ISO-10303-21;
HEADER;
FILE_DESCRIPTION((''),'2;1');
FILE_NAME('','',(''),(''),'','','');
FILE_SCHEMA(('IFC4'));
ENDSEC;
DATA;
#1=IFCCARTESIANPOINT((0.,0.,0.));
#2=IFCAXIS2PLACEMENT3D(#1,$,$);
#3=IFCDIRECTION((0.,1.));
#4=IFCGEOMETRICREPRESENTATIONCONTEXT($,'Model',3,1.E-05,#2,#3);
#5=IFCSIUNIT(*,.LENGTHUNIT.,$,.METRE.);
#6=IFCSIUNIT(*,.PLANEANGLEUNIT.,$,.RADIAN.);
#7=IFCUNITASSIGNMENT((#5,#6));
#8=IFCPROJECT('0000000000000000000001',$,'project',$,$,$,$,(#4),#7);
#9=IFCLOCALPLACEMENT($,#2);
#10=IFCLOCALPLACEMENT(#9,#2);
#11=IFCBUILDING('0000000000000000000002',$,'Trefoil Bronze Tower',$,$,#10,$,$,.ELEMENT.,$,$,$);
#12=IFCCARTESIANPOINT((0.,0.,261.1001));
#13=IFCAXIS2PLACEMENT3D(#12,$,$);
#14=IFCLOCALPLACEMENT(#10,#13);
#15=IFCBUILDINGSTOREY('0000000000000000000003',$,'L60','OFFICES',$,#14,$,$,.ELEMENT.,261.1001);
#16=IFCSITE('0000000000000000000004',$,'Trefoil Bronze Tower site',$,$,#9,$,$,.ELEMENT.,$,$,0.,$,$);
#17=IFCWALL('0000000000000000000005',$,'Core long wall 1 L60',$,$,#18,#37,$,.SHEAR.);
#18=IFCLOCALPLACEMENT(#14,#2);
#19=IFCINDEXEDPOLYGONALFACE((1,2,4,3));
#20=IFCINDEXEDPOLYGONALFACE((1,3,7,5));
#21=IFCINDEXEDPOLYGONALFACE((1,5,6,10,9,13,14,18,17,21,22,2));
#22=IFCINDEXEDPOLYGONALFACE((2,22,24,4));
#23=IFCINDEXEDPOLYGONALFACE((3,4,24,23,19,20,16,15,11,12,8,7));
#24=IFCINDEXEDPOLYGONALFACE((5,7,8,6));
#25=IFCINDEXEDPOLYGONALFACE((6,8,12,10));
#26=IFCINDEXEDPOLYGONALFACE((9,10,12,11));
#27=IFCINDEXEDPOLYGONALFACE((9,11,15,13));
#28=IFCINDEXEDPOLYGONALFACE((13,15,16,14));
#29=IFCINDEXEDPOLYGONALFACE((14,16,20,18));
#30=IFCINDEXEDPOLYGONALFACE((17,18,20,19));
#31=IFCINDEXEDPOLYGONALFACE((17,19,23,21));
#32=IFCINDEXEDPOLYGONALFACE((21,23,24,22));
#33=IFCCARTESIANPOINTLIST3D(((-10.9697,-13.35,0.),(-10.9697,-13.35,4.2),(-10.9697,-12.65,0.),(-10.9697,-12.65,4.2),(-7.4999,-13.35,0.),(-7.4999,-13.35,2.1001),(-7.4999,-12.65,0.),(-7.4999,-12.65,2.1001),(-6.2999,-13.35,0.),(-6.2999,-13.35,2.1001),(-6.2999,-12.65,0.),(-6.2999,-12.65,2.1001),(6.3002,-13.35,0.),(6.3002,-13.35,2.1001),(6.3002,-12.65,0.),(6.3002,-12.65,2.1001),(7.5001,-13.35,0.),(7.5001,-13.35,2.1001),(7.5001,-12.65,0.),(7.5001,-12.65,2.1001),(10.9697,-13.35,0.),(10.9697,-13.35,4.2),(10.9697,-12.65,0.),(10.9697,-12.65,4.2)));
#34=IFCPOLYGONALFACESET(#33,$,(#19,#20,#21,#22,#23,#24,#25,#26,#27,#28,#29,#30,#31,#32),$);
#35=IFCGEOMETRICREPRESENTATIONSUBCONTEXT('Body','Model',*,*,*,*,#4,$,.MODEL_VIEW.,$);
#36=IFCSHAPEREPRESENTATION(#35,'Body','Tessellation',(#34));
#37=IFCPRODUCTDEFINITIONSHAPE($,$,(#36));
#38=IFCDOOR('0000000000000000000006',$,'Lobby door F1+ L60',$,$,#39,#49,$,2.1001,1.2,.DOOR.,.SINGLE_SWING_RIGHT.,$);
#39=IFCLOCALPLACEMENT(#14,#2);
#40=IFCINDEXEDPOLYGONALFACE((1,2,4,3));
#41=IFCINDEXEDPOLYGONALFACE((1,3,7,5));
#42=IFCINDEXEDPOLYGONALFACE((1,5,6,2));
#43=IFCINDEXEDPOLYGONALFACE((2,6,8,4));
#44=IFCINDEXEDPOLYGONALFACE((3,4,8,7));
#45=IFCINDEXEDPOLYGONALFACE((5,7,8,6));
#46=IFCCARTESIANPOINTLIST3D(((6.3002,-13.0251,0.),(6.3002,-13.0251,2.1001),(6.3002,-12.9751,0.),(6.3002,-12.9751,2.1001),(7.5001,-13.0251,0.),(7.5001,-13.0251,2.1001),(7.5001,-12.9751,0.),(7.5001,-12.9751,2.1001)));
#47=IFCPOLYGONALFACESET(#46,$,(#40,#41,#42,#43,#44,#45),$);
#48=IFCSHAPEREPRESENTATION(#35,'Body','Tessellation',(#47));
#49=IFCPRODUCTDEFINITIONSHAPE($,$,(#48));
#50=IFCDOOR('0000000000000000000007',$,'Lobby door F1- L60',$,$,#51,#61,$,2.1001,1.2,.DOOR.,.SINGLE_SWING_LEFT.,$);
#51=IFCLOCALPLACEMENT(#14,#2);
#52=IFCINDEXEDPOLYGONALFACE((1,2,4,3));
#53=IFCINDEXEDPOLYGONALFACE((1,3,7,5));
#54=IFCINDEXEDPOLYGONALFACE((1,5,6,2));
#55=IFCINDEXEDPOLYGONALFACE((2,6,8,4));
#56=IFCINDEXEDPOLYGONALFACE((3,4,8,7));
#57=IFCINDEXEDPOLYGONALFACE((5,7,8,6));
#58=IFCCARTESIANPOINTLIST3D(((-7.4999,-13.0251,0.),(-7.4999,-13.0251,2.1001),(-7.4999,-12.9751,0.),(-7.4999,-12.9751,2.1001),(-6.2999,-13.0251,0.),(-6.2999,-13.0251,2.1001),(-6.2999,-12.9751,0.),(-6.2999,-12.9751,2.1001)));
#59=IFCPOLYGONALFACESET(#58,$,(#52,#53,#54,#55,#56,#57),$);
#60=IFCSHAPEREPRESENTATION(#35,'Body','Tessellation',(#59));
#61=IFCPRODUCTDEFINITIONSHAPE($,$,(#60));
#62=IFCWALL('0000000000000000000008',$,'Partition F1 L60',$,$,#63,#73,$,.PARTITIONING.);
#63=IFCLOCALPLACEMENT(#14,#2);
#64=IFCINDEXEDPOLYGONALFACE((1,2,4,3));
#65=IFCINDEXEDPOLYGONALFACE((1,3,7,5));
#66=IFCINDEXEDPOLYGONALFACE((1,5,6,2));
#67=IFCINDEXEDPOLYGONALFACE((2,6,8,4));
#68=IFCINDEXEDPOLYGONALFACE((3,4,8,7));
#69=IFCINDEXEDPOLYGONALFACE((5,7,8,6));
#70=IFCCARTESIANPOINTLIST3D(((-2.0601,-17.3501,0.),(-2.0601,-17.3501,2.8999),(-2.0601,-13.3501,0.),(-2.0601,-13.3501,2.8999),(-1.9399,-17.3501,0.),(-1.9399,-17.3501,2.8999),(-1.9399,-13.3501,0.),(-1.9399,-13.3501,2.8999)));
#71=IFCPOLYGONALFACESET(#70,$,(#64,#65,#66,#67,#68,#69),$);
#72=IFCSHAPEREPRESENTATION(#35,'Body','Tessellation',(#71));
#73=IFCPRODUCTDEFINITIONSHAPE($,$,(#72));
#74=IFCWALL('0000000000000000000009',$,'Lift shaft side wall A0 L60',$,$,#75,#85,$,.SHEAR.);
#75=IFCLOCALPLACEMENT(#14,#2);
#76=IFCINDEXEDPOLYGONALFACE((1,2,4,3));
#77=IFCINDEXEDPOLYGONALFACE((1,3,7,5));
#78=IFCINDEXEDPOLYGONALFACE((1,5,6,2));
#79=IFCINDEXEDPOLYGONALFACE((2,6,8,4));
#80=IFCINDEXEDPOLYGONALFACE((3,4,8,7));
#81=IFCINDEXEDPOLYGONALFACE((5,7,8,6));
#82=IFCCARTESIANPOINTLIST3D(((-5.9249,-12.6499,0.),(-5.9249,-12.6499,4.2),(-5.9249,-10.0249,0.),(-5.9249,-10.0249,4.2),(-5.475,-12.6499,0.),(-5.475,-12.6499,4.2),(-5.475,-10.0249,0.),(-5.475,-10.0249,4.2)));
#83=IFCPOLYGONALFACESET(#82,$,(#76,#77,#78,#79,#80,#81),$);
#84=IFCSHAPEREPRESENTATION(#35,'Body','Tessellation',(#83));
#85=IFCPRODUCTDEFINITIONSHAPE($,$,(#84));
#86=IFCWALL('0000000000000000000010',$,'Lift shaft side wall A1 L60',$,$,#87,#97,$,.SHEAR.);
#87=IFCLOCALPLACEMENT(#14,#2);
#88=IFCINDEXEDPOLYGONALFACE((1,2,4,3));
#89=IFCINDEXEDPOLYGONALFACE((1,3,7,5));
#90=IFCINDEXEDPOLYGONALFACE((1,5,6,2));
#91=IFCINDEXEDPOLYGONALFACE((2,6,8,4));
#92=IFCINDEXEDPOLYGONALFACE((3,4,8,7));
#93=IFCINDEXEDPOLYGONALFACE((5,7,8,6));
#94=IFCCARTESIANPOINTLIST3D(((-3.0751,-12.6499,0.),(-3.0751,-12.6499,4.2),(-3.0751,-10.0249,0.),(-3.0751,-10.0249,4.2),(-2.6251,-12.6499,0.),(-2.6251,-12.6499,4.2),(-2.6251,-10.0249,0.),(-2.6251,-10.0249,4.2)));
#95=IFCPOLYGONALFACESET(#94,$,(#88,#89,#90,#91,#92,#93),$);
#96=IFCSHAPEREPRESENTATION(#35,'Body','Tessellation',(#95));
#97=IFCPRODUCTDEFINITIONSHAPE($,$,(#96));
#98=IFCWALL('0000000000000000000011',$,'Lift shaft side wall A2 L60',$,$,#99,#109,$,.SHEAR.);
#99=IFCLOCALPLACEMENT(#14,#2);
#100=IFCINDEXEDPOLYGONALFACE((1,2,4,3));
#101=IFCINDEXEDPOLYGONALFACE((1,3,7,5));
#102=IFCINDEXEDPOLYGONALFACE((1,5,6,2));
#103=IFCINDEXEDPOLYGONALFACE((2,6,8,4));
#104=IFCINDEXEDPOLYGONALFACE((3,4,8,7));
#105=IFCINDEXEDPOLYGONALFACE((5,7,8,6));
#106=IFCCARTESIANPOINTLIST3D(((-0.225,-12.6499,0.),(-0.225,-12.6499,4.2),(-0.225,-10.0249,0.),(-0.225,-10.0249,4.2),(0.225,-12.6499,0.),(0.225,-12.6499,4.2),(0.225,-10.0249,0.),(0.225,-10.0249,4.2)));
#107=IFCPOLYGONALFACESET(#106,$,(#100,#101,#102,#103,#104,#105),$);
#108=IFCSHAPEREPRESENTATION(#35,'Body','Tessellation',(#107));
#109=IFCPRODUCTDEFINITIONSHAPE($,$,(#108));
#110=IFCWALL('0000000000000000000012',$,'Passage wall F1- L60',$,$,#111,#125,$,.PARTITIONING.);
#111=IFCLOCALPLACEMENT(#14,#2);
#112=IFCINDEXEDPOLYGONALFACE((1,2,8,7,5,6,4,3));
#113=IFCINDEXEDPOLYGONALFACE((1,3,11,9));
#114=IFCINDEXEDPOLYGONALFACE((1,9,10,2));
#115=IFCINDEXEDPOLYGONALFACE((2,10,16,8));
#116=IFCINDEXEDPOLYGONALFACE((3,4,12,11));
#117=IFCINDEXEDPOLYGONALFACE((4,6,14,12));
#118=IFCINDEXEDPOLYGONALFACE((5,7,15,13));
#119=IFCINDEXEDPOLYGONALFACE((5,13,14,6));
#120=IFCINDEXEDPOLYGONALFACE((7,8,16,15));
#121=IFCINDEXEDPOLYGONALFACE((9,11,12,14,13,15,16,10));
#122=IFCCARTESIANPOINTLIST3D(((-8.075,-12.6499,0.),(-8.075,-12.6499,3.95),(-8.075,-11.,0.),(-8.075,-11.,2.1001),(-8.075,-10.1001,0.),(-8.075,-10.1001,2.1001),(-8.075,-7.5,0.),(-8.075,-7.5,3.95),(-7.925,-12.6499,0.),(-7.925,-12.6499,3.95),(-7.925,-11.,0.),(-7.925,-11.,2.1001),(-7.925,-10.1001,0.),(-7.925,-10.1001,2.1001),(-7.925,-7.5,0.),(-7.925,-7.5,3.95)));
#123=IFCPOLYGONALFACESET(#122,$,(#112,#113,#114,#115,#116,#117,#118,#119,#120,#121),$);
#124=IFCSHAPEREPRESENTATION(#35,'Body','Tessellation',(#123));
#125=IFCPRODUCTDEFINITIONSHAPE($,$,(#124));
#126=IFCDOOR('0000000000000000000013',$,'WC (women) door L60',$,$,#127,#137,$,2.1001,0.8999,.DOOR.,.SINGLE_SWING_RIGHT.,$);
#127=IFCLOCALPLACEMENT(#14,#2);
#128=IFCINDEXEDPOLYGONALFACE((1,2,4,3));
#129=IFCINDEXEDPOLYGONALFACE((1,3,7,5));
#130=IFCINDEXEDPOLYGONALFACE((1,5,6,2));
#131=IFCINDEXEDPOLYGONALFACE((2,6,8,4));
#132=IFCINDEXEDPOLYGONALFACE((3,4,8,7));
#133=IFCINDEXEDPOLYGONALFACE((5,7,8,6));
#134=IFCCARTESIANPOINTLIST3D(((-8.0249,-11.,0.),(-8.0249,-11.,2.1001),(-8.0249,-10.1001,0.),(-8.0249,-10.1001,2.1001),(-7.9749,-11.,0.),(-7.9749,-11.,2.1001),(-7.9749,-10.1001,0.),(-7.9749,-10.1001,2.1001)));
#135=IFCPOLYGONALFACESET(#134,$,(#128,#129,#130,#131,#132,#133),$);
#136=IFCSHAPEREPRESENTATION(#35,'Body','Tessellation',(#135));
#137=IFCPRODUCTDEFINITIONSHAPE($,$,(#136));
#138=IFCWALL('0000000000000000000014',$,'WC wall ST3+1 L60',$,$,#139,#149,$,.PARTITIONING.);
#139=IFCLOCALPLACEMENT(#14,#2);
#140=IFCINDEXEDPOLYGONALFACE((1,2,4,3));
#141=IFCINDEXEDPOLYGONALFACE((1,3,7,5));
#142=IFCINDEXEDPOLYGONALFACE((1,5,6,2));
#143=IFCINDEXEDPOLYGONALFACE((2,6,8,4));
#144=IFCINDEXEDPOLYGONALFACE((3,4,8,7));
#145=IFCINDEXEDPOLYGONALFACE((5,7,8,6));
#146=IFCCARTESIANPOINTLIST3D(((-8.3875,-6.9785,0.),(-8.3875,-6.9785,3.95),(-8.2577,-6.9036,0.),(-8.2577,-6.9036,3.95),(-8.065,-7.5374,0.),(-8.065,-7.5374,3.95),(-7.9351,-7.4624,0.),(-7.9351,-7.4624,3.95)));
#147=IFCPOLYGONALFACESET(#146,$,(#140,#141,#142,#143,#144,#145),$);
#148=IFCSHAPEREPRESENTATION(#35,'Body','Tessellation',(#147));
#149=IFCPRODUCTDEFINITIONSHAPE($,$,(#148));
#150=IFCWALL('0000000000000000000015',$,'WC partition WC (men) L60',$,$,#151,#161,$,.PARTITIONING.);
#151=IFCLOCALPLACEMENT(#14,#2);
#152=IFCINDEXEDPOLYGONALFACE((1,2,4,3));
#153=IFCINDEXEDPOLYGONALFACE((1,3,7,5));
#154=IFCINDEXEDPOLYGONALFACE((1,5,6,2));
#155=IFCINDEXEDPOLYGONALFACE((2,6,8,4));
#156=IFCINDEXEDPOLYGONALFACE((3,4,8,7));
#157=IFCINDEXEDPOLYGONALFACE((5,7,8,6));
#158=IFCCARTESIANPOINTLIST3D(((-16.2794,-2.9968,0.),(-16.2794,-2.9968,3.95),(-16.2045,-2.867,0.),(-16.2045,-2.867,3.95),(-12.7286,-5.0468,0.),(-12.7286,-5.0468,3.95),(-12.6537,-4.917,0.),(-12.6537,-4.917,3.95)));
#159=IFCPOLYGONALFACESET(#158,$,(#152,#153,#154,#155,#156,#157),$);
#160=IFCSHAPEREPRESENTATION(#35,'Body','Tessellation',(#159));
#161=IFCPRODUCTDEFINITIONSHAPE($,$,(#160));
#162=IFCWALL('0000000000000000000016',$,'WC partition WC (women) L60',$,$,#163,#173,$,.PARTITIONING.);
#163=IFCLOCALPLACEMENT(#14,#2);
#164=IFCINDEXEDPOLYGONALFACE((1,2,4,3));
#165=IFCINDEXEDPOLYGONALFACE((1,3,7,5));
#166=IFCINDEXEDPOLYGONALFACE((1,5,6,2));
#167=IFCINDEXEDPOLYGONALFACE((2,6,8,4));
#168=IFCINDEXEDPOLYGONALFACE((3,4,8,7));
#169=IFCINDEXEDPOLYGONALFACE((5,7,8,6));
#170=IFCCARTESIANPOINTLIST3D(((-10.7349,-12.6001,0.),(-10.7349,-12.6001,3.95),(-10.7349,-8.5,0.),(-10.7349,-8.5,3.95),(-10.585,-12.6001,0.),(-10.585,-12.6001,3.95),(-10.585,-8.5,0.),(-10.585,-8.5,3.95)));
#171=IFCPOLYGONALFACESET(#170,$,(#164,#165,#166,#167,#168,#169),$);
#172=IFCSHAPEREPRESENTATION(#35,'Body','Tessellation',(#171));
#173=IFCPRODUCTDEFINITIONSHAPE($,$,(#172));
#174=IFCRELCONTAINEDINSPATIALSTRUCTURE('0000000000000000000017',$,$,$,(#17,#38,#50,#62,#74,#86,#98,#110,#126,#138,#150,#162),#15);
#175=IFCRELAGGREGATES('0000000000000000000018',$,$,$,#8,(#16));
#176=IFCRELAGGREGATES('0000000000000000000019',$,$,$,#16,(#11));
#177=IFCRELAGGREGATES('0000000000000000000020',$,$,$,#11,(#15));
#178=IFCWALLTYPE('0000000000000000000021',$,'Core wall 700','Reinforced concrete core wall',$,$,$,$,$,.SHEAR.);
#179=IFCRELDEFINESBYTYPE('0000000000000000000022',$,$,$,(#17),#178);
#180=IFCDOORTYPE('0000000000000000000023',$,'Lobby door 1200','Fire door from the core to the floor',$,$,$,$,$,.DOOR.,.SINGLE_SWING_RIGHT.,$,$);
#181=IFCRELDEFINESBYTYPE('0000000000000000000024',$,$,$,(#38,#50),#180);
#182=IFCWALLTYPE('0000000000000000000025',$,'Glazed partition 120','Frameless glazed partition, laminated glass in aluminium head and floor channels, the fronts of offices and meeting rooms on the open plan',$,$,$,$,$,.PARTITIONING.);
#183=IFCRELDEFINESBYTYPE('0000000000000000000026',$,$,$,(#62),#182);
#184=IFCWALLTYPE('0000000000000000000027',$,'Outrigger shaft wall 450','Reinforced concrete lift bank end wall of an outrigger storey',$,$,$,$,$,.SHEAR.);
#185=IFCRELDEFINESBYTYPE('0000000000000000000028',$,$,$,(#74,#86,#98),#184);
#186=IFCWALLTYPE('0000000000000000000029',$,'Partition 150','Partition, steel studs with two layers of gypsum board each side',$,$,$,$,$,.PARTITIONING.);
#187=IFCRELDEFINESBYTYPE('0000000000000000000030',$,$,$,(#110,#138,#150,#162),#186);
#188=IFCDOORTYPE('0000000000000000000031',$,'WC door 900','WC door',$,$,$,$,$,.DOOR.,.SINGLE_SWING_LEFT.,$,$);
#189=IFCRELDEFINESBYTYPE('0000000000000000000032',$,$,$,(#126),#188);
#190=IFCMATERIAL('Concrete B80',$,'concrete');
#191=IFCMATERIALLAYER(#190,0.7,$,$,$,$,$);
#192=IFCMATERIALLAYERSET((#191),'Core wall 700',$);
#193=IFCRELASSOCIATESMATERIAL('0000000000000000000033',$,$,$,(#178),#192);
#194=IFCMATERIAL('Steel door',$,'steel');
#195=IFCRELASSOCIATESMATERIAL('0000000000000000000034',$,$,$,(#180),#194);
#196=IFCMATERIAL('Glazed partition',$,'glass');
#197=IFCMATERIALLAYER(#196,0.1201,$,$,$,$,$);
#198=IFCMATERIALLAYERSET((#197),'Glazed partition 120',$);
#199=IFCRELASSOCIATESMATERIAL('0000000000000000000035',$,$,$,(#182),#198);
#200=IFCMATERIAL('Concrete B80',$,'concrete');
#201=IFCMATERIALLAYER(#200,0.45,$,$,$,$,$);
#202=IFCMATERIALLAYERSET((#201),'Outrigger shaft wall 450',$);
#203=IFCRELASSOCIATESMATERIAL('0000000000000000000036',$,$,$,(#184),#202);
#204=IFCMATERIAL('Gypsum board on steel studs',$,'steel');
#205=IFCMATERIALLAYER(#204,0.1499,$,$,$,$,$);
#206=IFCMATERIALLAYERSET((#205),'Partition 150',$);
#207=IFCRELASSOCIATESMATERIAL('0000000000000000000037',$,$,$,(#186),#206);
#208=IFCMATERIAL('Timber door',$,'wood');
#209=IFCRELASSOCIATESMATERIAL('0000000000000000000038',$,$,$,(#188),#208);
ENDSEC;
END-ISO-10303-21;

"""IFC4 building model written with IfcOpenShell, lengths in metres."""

from ifc_helpers import new_model, si_unit, direction, frame, frame_2d, origin, place, context, subcontext, project, spatial, rectangle, extrude, material, layer, layer_set, type_object, element, fill, save


model = new_model("IFC4")

# Units and contexts
model_context = context("Model", 3, precision=1e-05, world=origin(), true_north=direction((0.0, 1.0)))
body_context = subcontext(model_context, "Body", "Model", "MODEL_VIEW")
ifc_project = project(units=[si_unit("LENGTHUNIT", "METRE"), si_unit("PLANEANGLEUNIT", "RADIAN")], contexts=[model_context])

# Site, building, storey
site_placement = place(None, origin())
site = spatial("IfcSite", under=ifc_project, at=site_placement, Name="Trefoil Bronze Tower site", CompositionType="ELEMENT", RefElevation=0.0)
building_placement = place(site_placement, origin())
building = spatial("IfcBuilding", under=site, at=building_placement, Name="Trefoil Bronze Tower", CompositionType="ELEMENT")
storey_placement = place(building_placement, frame((0.0, 0.0, 261.1001)))
storey = spatial("IfcBuildingStorey", under=building, at=storey_placement, Name="L60", Description="OFFICES", CompositionType="ELEMENT", Elevation=261.1001)

# Wall, openings, doors
ifc_material_1 = material(Name="Concrete B80", Category="concrete")
ifc_layer_1 = layer(ifc_material_1, 0.7)
ifc_layer_set_1 = layer_set([ifc_layer_1], Name="Core wall 700")
wall_type_1 = type_object("IfcWallType", Name="Core wall 700", Description="Reinforced concrete core wall", PredefinedType="SHEAR", material=ifc_layer_set_1)
wall_1_placement = place(storey_placement, frame((-10.9697, -13.0, 0.0), z_axis=(0.0, 0.0, 1.0), x_axis=(1.0, 0.0, 0.0)))
wall_1 = element("IfcWall", 1, at=wall_1_placement, inside=storey, type_object=wall_type_1, Name="Core long wall 1 L60", PredefinedType="SHEAR", context=body_context, shape_type="SweptSolid", body=[
    extrude(rectangle(XDim=21.9395, YDim=0.7, at=frame_2d((10.9697, 0.0))), origin(), (0.0, 0.0, 1.0), 4.2),
])
opening_1_placement = place(wall_1_placement, frame((17.2698, 0.0, 0.0)))
opening_1 = element("IfcOpeningElement", 2, at=opening_1_placement, cuts=wall_1, PredefinedType="OPENING", context=body_context, shape_type="SweptSolid", body=[
    extrude(rectangle(XDim=1.2, YDim=2.1001, at=frame_2d((0.6001, 1.05))), frame((0.0, 0.3599, 0.0), z_axis=(0.0, -1.0, 0.0), x_axis=(1.0, 0.0, 0.0)), (0.0, 0.0, 1.0), 0.72),
])
opening_2_placement = place(wall_1_placement, frame((3.4697, 0.0, 0.0)))
opening_2 = element("IfcOpeningElement", 3, at=opening_2_placement, cuts=wall_1, PredefinedType="OPENING", context=body_context, shape_type="SweptSolid", body=[
    extrude(rectangle(XDim=1.2, YDim=2.1001, at=frame_2d((0.6001, 1.05))), frame((0.0, 0.3599, 0.0), z_axis=(0.0, -1.0, 0.0), x_axis=(1.0, 0.0, 0.0)), (0.0, 0.0, 1.0), 0.72),
])
ifc_material_2 = material(Name="Steel door", Category="steel")
door_type_1 = type_object("IfcDoorType", Name="Lobby door 1200", Description="Fire door from the core to the floor", OperationType="SINGLE_SWING_RIGHT", PredefinedType="DOOR", material=ifc_material_2)
door_1_placement = place(opening_1_placement, origin())
door_1 = element("IfcDoor", 4, at=door_1_placement, inside=storey, type_object=door_type_1, Name="Lobby door F1+ L60", OperationType="SINGLE_SWING_RIGHT", OverallHeight=2.1001, OverallWidth=1.2, PredefinedType="DOOR", context=body_context, shape_type="SweptSolid", body=[
    extrude(rectangle(XDim=1.2, YDim=2.1001, at=frame_2d((0.6001, 1.05))), frame((0.0, 0.0249, 0.0), z_axis=(0.0, -1.0, 0.0), x_axis=(1.0, 0.0, 0.0)), (0.0, 0.0, 1.0), 0.05),
])
fill(opening_1, door_1)
door_2_placement = place(opening_2_placement, origin())
door_2 = element("IfcDoor", 5, at=door_2_placement, inside=storey, type_object=door_type_1, Name="Lobby door F1- L60", OperationType="SINGLE_SWING_LEFT", OverallHeight=2.1001, OverallWidth=1.2, PredefinedType="DOOR", context=body_context, shape_type="SweptSolid", body=[
    extrude(rectangle(XDim=1.2, YDim=2.1001, at=frame_2d((0.6001, 1.05))), frame((0.0, 0.0249, 0.0), z_axis=(0.0, -1.0, 0.0), x_axis=(1.0, 0.0, 0.0)), (0.0, 0.0, 1.0), 0.05),
])
fill(opening_2, door_2)

# Walls
ifc_material_3 = material(Name="Glazed partition", Category="glass")
ifc_layer_2 = layer(ifc_material_3, 0.1201)
ifc_layer_set_2 = layer_set([ifc_layer_2], Name="Glazed partition 120")
wall_type_2 = type_object("IfcWallType", Name="Glazed partition 120", Description="Frameless glazed partition, laminated glass in aluminium head and floor channels, the fronts of offices and meeting rooms on the open plan", PredefinedType="PARTITIONING", material=ifc_layer_set_2)
wall_2_placement = place(storey_placement, frame((-2.0, -13.3501, 0.0), z_axis=(0.0, 0.0, 1.0), x_axis=(0.0, -1.0, 0.0)))
element("IfcWall", 6, at=wall_2_placement, inside=storey, type_object=wall_type_2, Name="Partition F1 L60", PredefinedType="PARTITIONING", context=body_context, shape_type="SweptSolid", body=[
    extrude(rectangle(XDim=4.0, YDim=0.1201, at=frame_2d((2.0, 0.0))), origin(), (0.0, 0.0, 1.0), 2.8999),
])
ifc_material_4 = material(Name="Concrete B80", Category="concrete")
ifc_layer_3 = layer(ifc_material_4, 0.45)
ifc_layer_set_3 = layer_set([ifc_layer_3], Name="Outrigger shaft wall 450")
wall_type_3 = type_object("IfcWallType", Name="Outrigger shaft wall 450", Description="Reinforced concrete lift bank end wall of an outrigger storey", PredefinedType="SHEAR", material=ifc_layer_set_3)
for number, where, z_axis, x_axis, name in (
    (7, (-5.7, -10.0249, 0.0), (0.0, 0.0, 1.0), (0.0, -1.0, 0.0), "Lift shaft side wall A0 L60"),
    (8, (-2.8501, -10.0249, 0.0), (0.0, 0.0, 1.0), (0.0, -1.0, 0.0), "Lift shaft side wall A1 L60"),
    (9, (0.0, -10.0249, 0.0), (0.0, 0.0, 1.0), (0.0, -1.0, 0.0), "Lift shaft side wall A2 L60"),
):
    element("IfcWall", number, at=place(storey_placement, frame(where, z_axis=z_axis, x_axis=x_axis)), inside=storey, type_object=wall_type_3, Name=name, PredefinedType="SHEAR", context=body_context, shape_type="SweptSolid", body=[
        extrude(rectangle(XDim=2.625, YDim=0.45, at=frame_2d((1.3125, 0.0))), origin(), (0.0, 0.0, 1.0), 4.2),
    ])

# Wall, opening, door
ifc_material_5 = material(Name="Gypsum board on steel studs", Category="steel")
ifc_layer_4 = layer(ifc_material_5, 0.1499)
ifc_layer_set_4 = layer_set([ifc_layer_4], Name="Partition 150")
wall_type_4 = type_object("IfcWallType", Name="Partition 150", Description="Partition, steel studs with two layers of gypsum board each side", PredefinedType="PARTITIONING", material=ifc_layer_set_4)
wall_3_placement = place(storey_placement, frame((-8.0, -7.5, 0.0), z_axis=(0.0, 0.0, 1.0), x_axis=(0.0, -1.0, 0.0)))
wall_3 = element("IfcWall", 10, at=wall_3_placement, inside=storey, type_object=wall_type_4, Name="Passage wall F1- L60", PredefinedType="PARTITIONING", context=body_context, shape_type="SweptSolid", body=[
    extrude(rectangle(XDim=5.1499, YDim=0.1499, at=frame_2d((2.575, 0.0))), origin(), (0.0, 0.0, 1.0), 3.95),
])
opening_3_placement = place(wall_3_placement, frame((2.6001, 0.0, 0.0)))
opening_3 = element("IfcOpeningElement", 11, at=opening_3_placement, cuts=wall_3, PredefinedType="OPENING", context=body_context, shape_type="SweptSolid", body=[
    extrude(rectangle(XDim=0.8999, YDim=2.1001, at=frame_2d((0.45, 1.05))), frame((0.0, 0.085, 0.0), z_axis=(0.0, -1.0, 0.0), x_axis=(1.0, 0.0, 0.0)), (0.0, 0.0, 1.0), 0.1699),
])
ifc_material_6 = material(Name="Timber door", Category="wood")
door_type_2 = type_object("IfcDoorType", Name="WC door 900", Description="WC door", OperationType="SINGLE_SWING_LEFT", PredefinedType="DOOR", material=ifc_material_6)
door_3_placement = place(opening_3_placement, frame((0.8999, 0.0, 0.0), z_axis=(0.0, 0.0, 1.0), x_axis=(-1.0, 0.0, 0.0)))
door_3 = element("IfcDoor", 12, at=door_3_placement, inside=storey, type_object=door_type_2, Name="WC (women) door L60", OperationType="SINGLE_SWING_RIGHT", OverallHeight=2.1001, OverallWidth=0.8999, PredefinedType="DOOR", context=body_context, shape_type="SweptSolid", body=[
    extrude(rectangle(XDim=0.8999, YDim=2.1001, at=frame_2d((0.45, 1.05))), frame((0.0, 0.0249, 0.0), z_axis=(0.0, -1.0, 0.0), x_axis=(1.0, 0.0, 0.0)), (0.0, 0.0, 1.0), 0.05),
])
fill(opening_3, door_3)

# Walls
wall_4_placement = place(storey_placement, frame((-8.0, -7.5, 0.0), z_axis=(0.0, 0.0, 1.0), x_axis=(-0.499843, 0.866116, 0.0)))
element("IfcWall", 13, at=wall_4_placement, inside=storey, type_object=wall_type_4, Name="WC wall ST3+1 L60", PredefinedType="PARTITIONING", context=body_context, shape_type="SweptSolid", body=[
    extrude(rectangle(XDim=0.6453, YDim=0.1499, at=frame_2d((0.3228, 0.0))), origin(), (0.0, 0.0, 1.0), 3.95),
])
for number, where, z_axis, x_axis, name in (
    (14, (-12.6912, -4.9819, 0.0), (0.0, 0.0, 1.0), (-0.866025, 0.500001, 0.0), "WC partition WC (men) L60"),
    (15, (-10.6599, -8.5, 0.0), (0.0, 0.0, 1.0), (0.0, -1.0, 0.0), "WC partition WC (women) L60"),
):
    element("IfcWall", number, at=place(storey_placement, frame(where, z_axis=z_axis, x_axis=x_axis)), inside=storey, type_object=wall_type_4, Name=name, PredefinedType="PARTITIONING", context=body_context, shape_type="SweptSolid", body=[
        extrude(rectangle(XDim=4.1001, YDim=0.1499, at=frame_2d((2.05, 0.0))), origin(), (0.0, 0.0, 1.0), 3.95),
    ])

save(model, "model.ifc")
